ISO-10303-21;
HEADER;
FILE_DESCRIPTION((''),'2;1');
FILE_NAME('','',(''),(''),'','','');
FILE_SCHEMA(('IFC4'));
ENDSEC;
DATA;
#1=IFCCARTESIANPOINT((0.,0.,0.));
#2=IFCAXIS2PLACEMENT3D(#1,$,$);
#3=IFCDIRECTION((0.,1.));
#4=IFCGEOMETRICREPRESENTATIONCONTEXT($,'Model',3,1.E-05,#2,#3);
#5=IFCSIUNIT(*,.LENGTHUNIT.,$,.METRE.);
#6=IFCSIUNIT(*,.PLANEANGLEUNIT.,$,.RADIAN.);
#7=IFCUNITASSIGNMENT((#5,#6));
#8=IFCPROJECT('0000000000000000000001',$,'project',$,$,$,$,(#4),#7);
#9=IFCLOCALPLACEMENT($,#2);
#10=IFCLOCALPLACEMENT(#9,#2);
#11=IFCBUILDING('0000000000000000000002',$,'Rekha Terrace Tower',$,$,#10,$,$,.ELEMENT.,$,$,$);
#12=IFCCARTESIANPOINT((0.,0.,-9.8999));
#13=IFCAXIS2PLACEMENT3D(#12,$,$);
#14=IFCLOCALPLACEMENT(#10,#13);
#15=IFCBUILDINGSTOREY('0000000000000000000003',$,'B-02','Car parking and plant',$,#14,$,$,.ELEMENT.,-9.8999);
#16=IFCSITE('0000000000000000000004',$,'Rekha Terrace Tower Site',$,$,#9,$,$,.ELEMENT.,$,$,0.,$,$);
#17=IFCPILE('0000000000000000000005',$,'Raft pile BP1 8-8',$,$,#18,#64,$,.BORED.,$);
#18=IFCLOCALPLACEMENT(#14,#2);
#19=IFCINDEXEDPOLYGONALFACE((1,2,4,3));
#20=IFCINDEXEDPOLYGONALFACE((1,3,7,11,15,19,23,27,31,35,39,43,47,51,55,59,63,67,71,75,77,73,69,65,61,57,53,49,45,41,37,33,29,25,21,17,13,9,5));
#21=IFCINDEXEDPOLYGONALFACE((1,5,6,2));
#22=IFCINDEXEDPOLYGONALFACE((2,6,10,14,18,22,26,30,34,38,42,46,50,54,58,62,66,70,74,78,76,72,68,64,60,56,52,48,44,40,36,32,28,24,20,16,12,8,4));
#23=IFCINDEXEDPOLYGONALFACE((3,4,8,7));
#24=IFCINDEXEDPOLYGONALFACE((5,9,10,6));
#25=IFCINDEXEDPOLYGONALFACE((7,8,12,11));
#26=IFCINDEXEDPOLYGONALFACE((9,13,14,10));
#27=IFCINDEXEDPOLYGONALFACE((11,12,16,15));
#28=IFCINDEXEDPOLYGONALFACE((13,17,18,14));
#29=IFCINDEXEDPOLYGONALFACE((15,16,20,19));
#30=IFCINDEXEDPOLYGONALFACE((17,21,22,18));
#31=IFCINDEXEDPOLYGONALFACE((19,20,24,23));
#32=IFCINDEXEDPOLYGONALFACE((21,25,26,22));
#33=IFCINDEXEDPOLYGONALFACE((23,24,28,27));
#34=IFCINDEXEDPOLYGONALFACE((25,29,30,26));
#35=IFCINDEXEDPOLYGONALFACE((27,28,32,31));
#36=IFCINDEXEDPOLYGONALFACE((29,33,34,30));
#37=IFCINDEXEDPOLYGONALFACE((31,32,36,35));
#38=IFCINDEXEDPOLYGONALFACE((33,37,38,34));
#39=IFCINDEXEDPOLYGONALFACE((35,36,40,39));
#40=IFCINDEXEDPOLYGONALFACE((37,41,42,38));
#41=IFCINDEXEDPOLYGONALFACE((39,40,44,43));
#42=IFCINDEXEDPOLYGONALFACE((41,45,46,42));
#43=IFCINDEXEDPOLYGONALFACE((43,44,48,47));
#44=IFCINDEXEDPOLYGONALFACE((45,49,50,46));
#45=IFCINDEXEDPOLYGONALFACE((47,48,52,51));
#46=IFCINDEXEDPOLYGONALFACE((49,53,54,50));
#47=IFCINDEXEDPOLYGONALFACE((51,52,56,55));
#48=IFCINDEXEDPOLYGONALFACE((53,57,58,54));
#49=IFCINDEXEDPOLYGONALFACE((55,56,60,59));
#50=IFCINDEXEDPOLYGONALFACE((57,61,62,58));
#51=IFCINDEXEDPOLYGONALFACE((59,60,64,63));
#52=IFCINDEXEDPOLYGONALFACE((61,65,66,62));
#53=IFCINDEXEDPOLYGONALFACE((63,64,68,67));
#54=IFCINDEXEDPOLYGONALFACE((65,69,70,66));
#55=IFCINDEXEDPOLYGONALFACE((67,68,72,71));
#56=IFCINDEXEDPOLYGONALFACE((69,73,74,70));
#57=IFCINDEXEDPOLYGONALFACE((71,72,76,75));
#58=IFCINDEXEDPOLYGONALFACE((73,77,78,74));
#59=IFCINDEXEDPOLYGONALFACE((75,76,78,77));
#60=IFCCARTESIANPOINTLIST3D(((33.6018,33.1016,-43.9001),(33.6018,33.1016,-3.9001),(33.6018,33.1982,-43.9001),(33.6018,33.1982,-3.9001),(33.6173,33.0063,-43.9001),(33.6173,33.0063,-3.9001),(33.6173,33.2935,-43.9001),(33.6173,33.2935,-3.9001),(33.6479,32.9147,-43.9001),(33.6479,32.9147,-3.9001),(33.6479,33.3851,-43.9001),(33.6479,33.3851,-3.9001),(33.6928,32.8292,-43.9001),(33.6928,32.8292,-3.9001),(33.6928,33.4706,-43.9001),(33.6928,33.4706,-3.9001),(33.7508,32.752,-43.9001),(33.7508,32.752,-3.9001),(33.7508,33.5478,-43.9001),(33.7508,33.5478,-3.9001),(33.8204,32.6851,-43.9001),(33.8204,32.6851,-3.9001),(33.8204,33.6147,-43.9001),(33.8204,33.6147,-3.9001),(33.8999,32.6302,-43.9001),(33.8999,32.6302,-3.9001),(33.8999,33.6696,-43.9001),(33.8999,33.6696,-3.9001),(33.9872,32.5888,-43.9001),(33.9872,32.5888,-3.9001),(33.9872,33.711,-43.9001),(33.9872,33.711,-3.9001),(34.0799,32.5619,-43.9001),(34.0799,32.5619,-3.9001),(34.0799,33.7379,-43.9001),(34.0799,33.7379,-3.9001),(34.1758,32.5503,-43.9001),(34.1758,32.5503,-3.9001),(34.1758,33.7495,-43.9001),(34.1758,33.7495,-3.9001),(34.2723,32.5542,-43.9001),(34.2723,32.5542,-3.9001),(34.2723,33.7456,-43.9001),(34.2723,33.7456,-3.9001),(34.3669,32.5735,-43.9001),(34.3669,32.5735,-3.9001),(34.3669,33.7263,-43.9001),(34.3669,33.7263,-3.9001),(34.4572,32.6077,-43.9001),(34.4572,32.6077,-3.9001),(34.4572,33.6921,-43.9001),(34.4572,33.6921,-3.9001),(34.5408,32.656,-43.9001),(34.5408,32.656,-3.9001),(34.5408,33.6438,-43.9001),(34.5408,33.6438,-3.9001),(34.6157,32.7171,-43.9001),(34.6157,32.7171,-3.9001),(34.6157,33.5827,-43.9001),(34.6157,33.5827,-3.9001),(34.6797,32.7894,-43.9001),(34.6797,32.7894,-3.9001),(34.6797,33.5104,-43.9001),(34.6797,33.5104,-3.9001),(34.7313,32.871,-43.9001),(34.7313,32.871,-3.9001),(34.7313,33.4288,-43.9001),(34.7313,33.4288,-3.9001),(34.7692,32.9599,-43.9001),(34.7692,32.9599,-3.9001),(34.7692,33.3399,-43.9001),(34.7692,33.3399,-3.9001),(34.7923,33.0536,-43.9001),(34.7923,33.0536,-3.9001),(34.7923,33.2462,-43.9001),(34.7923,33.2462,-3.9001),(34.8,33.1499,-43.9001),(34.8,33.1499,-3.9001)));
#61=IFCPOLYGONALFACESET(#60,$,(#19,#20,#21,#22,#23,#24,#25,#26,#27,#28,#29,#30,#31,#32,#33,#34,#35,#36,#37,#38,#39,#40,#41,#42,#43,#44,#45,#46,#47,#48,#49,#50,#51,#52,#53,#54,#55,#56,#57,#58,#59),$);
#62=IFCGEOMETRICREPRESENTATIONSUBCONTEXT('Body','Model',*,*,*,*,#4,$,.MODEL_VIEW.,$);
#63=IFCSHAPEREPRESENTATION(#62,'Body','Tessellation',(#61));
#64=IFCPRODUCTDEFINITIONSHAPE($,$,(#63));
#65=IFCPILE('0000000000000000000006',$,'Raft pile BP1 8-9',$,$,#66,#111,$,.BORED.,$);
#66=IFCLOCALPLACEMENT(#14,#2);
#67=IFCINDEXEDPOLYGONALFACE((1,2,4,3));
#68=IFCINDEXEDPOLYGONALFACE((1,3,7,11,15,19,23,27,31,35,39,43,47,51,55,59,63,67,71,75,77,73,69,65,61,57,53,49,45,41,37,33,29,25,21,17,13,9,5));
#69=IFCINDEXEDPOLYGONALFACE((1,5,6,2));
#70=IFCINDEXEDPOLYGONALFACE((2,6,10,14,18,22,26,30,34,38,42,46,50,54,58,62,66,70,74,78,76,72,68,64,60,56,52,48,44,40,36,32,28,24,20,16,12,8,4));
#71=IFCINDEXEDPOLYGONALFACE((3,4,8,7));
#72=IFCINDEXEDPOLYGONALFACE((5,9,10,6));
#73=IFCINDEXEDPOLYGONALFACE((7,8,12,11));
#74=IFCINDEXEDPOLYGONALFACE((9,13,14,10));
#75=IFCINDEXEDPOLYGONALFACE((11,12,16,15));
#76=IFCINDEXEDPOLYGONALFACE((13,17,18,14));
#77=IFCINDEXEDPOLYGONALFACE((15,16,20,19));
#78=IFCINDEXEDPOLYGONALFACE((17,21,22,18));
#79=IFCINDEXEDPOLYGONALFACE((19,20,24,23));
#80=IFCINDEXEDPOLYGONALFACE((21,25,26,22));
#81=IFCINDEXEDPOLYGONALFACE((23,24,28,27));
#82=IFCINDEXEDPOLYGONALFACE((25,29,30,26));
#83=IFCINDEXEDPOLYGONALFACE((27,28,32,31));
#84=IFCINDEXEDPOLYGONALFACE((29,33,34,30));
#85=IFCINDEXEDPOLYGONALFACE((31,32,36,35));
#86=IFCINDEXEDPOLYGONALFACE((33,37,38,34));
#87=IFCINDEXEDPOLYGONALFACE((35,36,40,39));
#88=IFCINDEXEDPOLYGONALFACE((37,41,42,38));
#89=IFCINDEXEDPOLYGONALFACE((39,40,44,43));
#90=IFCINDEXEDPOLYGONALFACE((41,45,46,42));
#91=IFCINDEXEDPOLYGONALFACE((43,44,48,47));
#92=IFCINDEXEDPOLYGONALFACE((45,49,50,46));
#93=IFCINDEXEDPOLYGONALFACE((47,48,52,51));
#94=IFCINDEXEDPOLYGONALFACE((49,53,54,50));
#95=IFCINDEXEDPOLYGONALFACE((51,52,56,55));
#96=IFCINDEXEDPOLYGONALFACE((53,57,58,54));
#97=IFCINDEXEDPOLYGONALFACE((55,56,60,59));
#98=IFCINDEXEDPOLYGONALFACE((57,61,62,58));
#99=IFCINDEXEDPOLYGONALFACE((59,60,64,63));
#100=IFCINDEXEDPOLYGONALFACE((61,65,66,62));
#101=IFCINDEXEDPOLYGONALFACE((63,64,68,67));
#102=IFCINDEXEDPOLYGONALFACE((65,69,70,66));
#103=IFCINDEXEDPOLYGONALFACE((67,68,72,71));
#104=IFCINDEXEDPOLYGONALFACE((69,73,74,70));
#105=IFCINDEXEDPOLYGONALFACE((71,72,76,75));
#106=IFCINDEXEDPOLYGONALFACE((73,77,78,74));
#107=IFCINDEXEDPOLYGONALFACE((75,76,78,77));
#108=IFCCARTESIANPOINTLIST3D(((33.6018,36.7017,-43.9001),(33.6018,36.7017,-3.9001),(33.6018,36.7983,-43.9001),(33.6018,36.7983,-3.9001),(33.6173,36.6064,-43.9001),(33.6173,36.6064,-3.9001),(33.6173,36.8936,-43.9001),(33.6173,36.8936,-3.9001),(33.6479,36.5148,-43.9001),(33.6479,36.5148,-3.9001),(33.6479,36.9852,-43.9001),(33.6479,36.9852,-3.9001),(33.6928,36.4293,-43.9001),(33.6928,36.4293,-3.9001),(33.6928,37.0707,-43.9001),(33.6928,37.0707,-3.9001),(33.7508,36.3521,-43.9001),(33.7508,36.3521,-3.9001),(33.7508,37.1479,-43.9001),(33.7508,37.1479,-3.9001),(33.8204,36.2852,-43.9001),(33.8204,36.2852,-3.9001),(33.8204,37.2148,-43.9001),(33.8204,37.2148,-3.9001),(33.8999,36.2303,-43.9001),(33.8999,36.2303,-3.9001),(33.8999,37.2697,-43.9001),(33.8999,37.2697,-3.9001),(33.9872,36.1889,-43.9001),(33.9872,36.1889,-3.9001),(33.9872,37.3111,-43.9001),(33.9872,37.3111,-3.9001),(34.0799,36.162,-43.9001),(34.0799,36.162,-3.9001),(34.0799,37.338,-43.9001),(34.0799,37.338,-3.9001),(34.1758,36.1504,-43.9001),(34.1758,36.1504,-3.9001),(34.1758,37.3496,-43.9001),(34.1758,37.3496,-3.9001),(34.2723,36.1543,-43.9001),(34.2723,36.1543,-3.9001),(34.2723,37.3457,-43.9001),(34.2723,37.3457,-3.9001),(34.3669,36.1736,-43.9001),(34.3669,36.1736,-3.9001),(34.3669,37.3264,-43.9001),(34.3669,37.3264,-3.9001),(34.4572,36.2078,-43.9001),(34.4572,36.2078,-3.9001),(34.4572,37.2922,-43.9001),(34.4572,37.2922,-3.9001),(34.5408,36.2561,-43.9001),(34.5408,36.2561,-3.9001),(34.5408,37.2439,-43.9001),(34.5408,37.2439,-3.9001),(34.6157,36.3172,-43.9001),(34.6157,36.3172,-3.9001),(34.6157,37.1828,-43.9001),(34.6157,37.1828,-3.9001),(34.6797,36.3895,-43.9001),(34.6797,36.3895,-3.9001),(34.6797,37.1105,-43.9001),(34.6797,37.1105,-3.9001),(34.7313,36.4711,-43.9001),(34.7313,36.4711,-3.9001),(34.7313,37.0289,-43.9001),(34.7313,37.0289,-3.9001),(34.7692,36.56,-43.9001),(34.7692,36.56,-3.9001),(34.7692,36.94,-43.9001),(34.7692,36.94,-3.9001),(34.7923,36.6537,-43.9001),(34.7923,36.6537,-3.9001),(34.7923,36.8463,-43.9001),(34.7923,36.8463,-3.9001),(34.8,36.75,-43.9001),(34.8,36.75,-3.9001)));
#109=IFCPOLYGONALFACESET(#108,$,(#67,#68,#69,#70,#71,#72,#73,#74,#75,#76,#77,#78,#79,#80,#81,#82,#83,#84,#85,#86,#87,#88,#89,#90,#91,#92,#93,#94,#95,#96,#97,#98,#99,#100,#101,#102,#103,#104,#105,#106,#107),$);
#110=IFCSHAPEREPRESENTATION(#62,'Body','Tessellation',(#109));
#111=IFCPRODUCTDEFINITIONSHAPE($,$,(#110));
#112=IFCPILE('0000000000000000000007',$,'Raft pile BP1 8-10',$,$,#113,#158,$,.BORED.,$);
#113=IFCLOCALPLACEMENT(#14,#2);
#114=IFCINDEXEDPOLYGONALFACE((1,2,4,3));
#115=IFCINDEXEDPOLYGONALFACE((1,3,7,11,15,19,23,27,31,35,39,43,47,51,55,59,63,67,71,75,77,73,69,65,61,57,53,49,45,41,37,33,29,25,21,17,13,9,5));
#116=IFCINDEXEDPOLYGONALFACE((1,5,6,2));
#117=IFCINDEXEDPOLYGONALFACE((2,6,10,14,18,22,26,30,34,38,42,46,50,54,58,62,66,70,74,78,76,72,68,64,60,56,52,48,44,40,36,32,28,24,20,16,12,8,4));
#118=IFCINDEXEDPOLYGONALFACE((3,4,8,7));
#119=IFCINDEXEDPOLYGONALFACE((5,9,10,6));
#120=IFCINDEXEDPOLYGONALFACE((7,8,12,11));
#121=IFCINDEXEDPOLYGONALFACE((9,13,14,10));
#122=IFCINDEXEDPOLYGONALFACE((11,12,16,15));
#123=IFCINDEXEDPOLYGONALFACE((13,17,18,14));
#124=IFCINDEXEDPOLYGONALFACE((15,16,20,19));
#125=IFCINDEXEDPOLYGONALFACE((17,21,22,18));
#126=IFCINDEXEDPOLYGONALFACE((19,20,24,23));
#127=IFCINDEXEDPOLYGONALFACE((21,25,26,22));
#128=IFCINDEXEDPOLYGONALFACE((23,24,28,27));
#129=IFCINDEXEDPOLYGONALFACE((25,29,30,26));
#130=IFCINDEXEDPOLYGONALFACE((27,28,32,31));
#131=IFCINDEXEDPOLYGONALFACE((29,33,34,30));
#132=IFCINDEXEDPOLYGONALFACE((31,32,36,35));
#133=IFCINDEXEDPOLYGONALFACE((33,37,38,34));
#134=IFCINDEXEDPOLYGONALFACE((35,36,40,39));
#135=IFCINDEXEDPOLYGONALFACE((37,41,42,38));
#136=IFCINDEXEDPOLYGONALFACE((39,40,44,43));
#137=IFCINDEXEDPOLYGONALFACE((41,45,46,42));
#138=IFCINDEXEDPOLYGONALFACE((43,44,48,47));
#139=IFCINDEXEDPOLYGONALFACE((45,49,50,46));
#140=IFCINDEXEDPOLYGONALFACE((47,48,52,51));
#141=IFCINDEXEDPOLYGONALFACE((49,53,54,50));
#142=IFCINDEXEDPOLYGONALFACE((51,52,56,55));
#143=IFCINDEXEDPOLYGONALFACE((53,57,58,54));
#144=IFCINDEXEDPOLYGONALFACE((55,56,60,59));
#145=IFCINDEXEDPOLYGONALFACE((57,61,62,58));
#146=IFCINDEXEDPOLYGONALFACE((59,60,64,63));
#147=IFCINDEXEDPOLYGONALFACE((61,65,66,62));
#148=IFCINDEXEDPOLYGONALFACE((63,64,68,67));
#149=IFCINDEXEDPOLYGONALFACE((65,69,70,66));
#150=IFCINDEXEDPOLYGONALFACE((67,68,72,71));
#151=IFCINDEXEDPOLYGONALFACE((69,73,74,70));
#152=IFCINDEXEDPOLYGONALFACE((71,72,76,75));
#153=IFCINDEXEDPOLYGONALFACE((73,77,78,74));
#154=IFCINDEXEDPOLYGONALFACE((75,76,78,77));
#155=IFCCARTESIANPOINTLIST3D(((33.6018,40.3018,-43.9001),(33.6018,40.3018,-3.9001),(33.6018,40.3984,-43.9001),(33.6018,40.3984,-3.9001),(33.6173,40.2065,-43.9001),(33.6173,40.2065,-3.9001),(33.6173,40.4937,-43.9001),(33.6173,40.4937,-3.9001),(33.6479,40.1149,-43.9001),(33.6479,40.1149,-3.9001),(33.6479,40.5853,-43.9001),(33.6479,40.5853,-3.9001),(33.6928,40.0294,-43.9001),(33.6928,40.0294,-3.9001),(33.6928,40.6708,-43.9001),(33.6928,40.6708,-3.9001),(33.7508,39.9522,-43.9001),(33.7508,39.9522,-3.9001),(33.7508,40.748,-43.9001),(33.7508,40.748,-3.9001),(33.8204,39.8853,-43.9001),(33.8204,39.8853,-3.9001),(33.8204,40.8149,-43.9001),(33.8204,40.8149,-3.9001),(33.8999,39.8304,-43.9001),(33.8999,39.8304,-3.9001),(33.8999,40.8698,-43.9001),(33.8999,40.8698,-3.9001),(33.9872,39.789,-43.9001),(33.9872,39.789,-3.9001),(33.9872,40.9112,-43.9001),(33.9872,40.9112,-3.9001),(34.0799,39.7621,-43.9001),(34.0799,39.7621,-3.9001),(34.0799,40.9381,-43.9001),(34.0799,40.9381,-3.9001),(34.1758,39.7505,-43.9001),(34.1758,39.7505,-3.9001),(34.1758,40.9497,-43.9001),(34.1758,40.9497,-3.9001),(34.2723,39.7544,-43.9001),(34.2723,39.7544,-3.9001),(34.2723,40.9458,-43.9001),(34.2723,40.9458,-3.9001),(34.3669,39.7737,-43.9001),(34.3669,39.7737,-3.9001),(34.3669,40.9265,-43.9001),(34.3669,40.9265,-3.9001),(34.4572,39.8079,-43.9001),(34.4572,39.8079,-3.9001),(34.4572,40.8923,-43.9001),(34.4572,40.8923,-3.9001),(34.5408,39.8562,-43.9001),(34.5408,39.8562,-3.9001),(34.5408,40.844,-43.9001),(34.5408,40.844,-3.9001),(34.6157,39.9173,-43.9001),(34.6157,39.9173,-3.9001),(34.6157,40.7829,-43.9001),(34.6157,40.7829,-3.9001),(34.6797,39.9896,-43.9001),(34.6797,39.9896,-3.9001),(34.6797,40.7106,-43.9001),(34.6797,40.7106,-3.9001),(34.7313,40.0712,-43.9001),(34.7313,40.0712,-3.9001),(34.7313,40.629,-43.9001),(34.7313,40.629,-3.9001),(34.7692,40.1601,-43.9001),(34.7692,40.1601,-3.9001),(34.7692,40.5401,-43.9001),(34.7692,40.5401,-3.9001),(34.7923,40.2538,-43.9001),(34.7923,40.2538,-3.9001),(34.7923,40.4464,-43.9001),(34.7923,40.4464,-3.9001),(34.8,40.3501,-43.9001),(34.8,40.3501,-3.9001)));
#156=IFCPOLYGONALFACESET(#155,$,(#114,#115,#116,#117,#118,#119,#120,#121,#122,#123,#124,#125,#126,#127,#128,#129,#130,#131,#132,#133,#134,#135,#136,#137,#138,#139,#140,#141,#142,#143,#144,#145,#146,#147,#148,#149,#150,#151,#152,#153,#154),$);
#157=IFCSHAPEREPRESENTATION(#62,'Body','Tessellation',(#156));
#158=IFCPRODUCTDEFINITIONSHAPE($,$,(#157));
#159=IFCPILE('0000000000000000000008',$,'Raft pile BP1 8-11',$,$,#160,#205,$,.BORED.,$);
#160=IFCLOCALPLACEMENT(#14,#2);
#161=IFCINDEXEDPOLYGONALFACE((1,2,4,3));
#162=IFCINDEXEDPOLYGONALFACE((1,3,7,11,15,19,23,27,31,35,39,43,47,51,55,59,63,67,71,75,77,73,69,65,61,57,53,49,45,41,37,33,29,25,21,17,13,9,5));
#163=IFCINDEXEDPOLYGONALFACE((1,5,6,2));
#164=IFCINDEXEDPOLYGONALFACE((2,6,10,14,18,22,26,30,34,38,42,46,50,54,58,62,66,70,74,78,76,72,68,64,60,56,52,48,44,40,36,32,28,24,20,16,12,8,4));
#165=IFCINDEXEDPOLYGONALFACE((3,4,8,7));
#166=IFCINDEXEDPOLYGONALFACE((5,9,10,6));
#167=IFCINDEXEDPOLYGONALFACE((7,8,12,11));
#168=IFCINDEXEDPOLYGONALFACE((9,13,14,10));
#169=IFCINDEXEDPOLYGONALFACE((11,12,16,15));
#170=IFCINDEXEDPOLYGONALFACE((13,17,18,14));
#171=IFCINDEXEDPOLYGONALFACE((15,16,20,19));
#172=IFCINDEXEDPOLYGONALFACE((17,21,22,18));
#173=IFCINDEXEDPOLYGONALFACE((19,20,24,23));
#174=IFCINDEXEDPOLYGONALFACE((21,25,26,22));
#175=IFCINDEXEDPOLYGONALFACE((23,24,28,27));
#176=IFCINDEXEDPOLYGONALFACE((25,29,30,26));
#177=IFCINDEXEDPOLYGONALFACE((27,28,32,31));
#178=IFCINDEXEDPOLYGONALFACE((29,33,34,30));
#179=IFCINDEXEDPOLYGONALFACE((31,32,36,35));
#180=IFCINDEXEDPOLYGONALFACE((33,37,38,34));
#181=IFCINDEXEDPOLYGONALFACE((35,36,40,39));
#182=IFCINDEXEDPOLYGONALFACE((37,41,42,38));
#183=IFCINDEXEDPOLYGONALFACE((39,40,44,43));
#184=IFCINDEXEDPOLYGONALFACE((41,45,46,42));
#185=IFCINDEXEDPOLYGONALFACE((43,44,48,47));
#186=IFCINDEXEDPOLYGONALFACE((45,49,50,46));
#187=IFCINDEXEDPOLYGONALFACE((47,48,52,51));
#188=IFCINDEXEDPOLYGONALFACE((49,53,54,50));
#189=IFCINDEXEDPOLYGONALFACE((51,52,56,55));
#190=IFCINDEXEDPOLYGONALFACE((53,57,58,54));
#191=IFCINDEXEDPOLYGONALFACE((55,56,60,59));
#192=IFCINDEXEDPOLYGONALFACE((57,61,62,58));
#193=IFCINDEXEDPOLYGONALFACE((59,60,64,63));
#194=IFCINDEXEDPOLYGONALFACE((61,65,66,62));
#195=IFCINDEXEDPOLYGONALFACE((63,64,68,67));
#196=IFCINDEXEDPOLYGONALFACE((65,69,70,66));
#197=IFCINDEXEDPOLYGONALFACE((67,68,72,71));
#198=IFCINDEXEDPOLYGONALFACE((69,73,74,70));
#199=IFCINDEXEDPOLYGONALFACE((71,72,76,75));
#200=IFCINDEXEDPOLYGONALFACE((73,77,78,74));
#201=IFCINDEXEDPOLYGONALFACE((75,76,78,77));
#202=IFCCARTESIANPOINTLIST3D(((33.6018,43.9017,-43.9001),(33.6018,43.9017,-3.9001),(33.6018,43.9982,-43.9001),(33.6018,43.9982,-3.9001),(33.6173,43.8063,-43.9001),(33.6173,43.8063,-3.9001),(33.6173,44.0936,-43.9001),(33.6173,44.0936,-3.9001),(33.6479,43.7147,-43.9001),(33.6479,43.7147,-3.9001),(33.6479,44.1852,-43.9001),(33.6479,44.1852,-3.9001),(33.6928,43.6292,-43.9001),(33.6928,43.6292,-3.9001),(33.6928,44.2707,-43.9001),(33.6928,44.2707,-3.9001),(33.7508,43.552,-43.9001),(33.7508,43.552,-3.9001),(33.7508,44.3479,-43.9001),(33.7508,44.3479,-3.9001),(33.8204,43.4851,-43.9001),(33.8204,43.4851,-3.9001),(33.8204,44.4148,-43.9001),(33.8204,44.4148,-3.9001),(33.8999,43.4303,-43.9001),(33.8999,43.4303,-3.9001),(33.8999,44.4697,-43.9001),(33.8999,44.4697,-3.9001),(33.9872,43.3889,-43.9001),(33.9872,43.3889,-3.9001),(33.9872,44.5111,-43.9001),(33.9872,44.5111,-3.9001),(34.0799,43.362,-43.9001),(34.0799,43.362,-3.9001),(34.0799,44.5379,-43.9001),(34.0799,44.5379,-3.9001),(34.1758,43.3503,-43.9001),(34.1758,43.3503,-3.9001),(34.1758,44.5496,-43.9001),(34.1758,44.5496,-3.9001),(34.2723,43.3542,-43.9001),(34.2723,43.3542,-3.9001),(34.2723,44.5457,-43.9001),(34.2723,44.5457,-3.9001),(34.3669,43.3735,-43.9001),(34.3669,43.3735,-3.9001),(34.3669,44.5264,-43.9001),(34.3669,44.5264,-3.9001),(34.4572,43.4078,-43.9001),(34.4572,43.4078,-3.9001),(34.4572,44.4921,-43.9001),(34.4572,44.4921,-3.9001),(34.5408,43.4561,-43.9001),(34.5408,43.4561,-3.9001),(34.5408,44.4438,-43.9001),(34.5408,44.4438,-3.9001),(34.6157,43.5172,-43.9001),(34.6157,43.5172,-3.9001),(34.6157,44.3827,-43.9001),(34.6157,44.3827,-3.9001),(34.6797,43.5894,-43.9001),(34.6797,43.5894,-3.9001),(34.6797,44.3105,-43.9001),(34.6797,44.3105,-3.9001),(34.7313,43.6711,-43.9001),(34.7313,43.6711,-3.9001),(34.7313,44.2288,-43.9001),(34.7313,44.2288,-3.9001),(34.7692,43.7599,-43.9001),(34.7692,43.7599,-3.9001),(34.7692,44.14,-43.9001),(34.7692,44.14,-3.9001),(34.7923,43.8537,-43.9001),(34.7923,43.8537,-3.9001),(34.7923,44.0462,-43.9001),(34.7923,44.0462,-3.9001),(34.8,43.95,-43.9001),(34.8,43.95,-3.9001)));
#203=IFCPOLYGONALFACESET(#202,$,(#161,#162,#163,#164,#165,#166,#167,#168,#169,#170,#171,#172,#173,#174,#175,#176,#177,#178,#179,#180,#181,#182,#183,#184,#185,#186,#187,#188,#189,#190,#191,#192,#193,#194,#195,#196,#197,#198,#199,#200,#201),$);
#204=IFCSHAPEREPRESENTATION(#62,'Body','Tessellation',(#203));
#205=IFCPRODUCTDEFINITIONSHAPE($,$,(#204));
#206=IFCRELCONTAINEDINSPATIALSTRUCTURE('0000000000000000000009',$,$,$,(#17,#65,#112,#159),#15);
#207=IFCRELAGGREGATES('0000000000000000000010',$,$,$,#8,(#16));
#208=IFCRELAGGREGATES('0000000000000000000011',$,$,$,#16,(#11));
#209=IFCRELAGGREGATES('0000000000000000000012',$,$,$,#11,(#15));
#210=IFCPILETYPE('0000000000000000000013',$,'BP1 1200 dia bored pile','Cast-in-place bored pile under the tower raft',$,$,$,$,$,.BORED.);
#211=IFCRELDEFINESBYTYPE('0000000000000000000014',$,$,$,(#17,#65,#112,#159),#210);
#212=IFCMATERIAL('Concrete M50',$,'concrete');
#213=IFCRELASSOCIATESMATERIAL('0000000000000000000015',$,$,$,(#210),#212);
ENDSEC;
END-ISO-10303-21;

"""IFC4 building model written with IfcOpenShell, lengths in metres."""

from ifc_helpers import new_model, si_unit, direction, frame, origin, origin_2d, place, context, subcontext, project, spatial, circle, extrude, material, type_object, element, save


model = new_model("IFC4")

# Units and contexts
model_context = context("Model", 3, precision=1e-05, world=origin(), true_north=direction((0.0, 1.0)))
body_context = subcontext(model_context, "Body", "Model", "MODEL_VIEW")
ifc_project = project(units=[si_unit("LENGTHUNIT", "METRE"), si_unit("PLANEANGLEUNIT", "RADIAN")], contexts=[model_context])

# Site, building, storey
site_placement = place(None, origin())
site = spatial("IfcSite", under=ifc_project, at=site_placement, Name="Rekha Terrace Tower Site", CompositionType="ELEMENT", RefElevation=0.0)
building_placement = place(site_placement, origin())
building = spatial("IfcBuilding", under=site, at=building_placement, Name="Rekha Terrace Tower", CompositionType="ELEMENT")
storey_placement = place(building_placement, frame((0.0, 0.0, -9.8999)))
storey = spatial("IfcBuildingStorey", under=building, at=storey_placement, Name="B-02", Description="Car parking and plant", CompositionType="ELEMENT", Elevation=-9.8999)

# Piles
ifc_material_1 = material(Name="Concrete M50", Category="concrete")
pile_type = type_object("IfcPileType", Name="BP1 1200 dia bored pile", Description="Cast-in-place bored pile under the tower raft", PredefinedType="BORED", material=ifc_material_1)
for number, where, z_axis, x_axis, name in (
    (1, (34.2, 33.1499, -3.9001), (0.0, 0.0, -1.0), (1.0, 0.0, 0.0), "Raft pile BP1 8-8"),
    (2, (34.2, 36.75, -3.9001), (0.0, 0.0, -1.0), (1.0, 0.0, 0.0), "Raft pile BP1 8-9"),
    (3, (34.2, 40.3501, -3.9001), (0.0, 0.0, -1.0), (1.0, 0.0, 0.0), "Raft pile BP1 8-10"),
    (4, (34.2, 43.95, -3.9001), (0.0, 0.0, -1.0), (1.0, 0.0, 0.0), "Raft pile BP1 8-11"),
):
    element("IfcPile", number, at=place(storey_placement, frame(where, z_axis=z_axis, x_axis=x_axis)), inside=storey, type_object=pile_type, Name=name, PredefinedType="BORED", context=body_context, shape_type="SweptSolid", body=[
        extrude(circle(Radius=0.6001, at=origin_2d()), origin(), (0.0, 0.0, 1.0), 40.0),
    ])

save(model, "model.ifc")
